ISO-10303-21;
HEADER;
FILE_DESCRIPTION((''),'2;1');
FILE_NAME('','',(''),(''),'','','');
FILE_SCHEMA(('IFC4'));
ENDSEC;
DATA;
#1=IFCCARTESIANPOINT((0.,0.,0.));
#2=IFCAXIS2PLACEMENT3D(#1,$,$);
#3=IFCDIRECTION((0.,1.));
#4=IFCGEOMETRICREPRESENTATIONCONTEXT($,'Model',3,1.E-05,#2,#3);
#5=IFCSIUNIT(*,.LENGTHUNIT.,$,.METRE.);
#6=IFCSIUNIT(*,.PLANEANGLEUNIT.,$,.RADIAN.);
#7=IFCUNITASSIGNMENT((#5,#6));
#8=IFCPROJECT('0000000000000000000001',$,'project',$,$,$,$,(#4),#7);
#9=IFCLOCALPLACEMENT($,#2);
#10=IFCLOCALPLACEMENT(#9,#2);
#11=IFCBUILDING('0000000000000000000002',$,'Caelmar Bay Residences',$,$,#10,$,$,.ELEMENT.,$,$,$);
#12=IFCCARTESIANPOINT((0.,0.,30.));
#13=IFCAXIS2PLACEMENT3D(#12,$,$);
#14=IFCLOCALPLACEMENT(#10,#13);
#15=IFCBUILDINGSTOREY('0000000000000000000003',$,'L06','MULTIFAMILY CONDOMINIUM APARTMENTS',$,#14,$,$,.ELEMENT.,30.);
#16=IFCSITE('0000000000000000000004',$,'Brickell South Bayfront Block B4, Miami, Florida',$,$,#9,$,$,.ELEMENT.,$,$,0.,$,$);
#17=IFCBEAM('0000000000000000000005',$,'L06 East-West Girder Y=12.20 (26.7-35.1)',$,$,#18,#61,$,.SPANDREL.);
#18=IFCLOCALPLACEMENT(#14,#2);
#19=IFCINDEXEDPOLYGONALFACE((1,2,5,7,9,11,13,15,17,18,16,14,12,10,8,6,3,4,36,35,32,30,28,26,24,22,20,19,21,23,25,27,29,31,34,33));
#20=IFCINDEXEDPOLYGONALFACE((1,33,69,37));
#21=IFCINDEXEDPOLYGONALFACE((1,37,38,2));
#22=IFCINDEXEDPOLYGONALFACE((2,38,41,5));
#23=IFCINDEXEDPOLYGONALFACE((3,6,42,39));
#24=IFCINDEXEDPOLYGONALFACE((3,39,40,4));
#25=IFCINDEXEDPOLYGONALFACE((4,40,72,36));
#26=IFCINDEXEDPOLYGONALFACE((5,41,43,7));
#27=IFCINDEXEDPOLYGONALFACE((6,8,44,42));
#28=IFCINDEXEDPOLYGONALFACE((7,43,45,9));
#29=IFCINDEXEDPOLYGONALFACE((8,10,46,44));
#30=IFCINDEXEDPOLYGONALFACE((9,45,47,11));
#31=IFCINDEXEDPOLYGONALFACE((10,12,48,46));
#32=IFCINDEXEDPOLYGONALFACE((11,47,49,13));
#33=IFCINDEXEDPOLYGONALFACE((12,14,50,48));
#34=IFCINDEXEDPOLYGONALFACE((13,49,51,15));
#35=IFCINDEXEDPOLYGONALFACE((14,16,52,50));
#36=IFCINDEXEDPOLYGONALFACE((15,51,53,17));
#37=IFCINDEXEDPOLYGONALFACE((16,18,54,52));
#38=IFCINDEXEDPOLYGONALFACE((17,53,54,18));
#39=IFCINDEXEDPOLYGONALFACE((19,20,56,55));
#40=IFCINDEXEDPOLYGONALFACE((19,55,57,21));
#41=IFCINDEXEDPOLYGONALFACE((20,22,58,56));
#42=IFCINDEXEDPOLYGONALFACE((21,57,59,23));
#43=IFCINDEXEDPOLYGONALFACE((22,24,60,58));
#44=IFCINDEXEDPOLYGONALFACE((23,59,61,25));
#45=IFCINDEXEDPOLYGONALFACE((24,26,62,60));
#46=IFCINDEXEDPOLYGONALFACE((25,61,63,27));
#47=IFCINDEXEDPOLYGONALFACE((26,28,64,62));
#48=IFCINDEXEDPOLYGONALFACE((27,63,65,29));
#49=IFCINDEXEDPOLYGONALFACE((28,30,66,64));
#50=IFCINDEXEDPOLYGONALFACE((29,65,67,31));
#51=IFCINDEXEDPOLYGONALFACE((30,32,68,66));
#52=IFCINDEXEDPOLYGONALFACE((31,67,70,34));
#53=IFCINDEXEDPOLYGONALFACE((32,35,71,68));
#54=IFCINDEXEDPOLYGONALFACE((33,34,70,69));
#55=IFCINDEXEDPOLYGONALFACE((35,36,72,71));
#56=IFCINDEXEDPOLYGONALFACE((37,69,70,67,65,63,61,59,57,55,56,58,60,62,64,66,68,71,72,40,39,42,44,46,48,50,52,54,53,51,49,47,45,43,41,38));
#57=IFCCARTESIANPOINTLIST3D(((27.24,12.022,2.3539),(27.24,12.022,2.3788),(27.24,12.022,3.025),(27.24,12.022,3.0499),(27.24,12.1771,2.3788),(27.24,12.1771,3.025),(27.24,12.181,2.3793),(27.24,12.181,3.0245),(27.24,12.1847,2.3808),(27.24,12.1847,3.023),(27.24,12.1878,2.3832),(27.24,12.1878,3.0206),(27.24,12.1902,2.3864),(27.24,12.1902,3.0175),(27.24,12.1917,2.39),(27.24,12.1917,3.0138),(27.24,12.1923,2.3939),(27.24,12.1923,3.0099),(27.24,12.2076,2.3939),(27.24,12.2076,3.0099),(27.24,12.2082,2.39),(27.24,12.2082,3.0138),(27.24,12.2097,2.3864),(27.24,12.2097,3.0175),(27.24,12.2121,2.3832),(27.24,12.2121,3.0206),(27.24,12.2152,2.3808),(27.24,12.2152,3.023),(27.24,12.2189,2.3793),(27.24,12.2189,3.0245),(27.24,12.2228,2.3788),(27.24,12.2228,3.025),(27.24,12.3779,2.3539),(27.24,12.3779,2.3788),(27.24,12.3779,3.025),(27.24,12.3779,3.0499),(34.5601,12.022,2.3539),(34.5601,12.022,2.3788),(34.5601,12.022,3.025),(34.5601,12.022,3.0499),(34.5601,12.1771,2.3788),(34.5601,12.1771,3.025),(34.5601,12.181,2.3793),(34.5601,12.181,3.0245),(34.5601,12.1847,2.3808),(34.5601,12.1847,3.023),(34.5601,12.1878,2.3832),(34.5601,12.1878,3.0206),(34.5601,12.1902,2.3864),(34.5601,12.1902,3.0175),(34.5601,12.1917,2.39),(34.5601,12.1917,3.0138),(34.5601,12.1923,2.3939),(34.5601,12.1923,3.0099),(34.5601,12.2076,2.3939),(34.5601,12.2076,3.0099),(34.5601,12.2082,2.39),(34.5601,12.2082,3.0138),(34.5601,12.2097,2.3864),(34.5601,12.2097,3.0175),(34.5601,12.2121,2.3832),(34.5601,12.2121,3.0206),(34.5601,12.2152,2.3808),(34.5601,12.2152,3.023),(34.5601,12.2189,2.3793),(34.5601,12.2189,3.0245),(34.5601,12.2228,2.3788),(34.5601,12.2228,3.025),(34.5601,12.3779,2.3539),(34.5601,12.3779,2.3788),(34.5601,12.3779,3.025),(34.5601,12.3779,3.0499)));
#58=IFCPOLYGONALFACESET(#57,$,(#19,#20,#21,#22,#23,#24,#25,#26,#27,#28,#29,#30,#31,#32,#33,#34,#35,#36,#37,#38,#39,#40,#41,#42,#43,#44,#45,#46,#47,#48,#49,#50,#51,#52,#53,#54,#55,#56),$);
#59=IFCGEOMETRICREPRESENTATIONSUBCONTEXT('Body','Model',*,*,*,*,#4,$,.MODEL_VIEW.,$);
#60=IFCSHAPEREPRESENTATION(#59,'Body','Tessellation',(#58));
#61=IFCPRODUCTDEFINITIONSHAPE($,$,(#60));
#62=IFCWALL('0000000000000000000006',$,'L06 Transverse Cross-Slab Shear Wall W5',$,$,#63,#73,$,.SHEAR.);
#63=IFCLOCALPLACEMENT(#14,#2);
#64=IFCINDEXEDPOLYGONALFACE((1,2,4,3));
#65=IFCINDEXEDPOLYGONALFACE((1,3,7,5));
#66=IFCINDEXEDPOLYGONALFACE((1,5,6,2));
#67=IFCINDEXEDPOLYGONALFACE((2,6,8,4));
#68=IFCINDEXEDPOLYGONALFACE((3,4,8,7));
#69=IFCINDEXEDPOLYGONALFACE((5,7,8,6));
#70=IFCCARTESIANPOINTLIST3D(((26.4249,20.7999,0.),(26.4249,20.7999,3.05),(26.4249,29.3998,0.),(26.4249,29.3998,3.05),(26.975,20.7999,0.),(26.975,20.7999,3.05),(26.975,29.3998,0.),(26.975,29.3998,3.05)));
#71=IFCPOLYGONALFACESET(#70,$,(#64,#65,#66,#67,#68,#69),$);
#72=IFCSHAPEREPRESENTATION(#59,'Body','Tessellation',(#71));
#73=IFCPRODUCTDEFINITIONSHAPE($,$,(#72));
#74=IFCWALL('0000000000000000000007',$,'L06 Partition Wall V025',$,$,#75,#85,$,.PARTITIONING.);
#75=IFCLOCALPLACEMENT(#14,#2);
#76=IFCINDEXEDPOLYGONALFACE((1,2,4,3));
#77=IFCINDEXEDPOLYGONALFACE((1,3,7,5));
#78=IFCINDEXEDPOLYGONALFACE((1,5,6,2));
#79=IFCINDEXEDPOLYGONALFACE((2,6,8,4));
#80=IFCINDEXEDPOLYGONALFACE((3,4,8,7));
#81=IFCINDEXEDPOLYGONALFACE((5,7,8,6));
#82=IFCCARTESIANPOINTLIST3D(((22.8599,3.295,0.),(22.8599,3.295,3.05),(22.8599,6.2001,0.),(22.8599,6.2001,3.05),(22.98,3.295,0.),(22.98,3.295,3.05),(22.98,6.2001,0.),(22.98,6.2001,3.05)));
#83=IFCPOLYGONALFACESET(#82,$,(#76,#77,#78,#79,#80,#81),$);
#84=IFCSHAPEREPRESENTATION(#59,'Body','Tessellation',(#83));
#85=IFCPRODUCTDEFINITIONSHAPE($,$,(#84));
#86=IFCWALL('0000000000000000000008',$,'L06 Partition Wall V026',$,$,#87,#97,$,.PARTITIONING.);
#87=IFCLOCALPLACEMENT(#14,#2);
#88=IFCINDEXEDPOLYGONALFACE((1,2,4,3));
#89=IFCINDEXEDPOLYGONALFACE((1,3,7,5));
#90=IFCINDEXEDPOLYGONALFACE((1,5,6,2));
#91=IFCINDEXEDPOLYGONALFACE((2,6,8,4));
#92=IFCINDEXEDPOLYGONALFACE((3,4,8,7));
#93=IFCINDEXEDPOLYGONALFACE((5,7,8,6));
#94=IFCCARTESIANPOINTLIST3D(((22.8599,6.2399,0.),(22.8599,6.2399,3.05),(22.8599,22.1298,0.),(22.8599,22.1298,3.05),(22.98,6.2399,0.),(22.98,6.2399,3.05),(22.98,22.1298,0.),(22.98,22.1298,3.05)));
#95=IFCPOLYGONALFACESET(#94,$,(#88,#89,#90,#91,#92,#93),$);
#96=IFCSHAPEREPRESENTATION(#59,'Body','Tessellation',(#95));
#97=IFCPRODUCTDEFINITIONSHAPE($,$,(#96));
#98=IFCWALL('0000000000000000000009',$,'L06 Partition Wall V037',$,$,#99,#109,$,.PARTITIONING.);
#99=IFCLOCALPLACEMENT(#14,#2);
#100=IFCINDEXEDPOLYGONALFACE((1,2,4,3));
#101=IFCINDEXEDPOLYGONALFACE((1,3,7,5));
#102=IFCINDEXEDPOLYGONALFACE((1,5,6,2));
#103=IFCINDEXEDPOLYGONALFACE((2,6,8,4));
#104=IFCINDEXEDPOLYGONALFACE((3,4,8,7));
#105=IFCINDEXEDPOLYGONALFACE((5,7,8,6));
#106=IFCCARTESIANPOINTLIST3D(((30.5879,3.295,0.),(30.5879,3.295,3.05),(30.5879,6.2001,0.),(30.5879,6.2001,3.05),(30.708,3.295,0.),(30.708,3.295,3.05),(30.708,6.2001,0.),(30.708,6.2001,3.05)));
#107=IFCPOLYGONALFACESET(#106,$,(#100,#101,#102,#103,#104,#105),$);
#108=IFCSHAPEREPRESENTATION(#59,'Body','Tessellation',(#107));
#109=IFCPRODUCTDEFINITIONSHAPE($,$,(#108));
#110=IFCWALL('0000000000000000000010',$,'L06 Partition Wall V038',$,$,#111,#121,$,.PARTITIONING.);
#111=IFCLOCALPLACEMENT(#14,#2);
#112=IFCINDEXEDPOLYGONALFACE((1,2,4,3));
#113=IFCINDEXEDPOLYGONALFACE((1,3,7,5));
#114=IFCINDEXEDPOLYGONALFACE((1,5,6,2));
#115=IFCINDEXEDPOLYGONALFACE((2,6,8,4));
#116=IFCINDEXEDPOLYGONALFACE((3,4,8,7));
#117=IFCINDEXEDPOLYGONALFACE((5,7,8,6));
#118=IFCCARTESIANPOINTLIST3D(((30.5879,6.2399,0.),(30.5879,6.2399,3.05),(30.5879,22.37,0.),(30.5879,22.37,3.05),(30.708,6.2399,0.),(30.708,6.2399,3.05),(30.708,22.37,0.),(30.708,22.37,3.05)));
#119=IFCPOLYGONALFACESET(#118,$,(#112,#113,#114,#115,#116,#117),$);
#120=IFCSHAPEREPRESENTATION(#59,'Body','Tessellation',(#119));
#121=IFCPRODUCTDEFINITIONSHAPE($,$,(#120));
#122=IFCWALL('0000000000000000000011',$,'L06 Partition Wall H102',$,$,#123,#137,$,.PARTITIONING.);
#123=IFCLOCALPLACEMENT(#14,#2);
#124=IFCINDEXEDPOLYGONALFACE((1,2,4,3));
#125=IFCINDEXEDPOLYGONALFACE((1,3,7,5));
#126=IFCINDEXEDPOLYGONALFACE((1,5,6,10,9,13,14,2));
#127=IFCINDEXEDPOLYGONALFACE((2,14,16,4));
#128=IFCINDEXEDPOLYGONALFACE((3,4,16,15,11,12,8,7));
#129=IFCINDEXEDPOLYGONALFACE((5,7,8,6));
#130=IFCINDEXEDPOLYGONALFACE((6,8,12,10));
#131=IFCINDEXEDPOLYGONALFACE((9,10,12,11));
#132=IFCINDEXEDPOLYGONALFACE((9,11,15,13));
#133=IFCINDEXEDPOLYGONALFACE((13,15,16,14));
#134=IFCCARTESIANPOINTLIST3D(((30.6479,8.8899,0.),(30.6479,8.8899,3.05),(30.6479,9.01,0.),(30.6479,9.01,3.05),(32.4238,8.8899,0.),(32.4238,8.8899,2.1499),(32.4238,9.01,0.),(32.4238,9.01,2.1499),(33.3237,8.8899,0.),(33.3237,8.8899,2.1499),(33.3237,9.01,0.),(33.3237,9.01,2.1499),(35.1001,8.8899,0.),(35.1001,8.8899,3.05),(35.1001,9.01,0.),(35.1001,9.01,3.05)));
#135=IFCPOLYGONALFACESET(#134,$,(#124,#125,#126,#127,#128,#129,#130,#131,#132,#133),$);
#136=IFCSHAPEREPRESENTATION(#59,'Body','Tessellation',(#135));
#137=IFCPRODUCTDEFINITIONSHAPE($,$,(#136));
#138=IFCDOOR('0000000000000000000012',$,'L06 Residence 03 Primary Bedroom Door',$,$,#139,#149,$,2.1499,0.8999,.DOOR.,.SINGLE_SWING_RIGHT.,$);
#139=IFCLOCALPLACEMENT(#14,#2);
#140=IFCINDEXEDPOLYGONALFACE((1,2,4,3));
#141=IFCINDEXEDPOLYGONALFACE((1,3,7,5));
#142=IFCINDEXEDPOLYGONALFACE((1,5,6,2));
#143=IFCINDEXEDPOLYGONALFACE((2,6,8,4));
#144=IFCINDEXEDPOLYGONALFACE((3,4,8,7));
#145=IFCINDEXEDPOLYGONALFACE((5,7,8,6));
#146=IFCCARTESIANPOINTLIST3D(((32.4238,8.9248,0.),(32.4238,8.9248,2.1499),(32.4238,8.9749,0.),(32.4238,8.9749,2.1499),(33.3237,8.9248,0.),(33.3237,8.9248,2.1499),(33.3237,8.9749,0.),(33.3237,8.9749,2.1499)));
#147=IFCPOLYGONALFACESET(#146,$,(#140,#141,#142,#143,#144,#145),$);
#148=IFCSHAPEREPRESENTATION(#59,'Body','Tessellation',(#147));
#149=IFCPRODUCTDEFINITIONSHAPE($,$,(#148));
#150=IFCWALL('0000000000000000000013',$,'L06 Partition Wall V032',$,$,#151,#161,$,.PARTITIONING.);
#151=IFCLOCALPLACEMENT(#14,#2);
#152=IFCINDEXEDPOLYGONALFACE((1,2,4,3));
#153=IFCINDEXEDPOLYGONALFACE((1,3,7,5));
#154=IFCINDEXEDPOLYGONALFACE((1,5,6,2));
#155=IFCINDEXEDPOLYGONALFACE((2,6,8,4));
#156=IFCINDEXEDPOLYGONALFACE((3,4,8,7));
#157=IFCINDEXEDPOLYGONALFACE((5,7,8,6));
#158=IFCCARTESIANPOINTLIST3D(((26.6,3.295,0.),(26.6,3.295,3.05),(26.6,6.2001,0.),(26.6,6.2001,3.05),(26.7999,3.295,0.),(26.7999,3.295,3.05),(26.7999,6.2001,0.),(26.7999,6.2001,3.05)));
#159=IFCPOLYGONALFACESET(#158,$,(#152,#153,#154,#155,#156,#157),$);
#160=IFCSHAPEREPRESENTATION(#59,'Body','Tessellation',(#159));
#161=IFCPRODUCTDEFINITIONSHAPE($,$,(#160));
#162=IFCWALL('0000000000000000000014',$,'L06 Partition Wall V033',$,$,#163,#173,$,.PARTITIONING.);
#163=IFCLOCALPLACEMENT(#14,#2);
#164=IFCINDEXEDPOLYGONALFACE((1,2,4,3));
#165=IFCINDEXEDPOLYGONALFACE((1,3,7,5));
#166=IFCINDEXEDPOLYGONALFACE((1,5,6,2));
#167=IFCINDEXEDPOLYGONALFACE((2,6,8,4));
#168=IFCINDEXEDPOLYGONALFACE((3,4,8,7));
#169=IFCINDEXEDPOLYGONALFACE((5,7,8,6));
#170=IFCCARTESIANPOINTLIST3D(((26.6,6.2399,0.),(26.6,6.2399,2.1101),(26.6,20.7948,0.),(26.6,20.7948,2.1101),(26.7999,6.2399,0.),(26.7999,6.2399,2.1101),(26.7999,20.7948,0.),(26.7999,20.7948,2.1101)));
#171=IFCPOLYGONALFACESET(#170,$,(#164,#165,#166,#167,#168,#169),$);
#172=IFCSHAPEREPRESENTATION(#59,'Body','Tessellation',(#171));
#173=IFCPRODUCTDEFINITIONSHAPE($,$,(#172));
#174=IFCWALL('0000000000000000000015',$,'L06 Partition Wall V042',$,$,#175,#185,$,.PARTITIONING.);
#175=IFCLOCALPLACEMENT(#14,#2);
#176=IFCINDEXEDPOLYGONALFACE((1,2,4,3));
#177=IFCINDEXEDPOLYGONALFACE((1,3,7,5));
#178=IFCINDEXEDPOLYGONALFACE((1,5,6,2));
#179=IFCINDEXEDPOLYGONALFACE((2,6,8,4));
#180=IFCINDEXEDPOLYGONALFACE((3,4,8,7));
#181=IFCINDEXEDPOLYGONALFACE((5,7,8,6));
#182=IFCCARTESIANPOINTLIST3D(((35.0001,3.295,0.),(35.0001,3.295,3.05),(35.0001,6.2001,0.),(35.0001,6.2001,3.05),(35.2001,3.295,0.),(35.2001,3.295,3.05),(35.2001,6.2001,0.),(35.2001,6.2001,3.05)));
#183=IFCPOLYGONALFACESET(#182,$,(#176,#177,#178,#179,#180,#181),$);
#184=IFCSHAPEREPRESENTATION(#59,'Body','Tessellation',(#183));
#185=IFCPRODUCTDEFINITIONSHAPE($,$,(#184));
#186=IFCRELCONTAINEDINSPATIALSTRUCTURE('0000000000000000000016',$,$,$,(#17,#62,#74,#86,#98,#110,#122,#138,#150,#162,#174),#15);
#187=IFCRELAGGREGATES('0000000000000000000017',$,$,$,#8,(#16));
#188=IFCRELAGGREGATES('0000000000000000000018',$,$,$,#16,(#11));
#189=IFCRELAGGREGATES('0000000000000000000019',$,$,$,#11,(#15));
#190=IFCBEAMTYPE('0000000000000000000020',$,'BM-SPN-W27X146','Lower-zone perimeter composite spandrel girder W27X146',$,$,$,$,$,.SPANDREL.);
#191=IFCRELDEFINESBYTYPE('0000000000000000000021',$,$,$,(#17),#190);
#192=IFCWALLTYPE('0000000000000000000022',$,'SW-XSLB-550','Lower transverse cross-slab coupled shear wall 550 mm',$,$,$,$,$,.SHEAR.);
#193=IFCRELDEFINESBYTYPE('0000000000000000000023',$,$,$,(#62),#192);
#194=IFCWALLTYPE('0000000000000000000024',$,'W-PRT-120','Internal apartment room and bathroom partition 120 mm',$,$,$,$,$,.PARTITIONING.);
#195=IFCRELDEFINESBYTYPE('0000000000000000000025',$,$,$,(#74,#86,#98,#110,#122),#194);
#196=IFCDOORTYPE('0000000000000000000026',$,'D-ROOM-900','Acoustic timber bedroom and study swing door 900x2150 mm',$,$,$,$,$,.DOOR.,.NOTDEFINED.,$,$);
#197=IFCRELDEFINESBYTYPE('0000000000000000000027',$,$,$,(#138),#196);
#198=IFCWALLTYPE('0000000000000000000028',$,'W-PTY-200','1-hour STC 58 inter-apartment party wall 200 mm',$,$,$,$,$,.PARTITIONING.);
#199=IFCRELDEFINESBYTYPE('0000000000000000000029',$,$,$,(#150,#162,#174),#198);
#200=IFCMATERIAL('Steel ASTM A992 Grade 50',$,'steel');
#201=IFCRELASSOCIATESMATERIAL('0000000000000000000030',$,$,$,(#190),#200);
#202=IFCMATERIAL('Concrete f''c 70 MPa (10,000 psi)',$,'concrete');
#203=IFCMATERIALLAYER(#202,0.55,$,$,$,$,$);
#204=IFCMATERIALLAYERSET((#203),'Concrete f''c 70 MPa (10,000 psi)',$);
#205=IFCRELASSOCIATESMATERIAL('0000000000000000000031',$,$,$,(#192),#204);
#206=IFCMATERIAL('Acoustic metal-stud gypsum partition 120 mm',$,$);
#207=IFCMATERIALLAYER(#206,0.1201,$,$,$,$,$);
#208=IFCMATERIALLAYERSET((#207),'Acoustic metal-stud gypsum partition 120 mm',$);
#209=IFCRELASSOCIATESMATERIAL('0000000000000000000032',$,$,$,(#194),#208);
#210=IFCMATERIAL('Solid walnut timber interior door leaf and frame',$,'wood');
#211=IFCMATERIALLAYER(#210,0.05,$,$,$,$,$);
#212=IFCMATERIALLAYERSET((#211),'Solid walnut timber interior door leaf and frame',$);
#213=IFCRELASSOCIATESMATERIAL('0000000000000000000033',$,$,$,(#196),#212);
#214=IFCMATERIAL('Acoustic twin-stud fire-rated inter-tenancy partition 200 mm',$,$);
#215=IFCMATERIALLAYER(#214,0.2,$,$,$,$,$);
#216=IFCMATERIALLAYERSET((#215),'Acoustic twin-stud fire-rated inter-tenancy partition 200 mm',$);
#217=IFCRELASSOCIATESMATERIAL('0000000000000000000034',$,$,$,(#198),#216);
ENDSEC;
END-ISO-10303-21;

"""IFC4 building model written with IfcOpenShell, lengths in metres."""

from ifc_helpers import new_model, si_unit, direction, frame, frame_2d, origin, origin_2d, place, context, subcontext, project, spatial, rectangle, i_section, extrude, material, layer, layer_set, material_profile, profile_set, type_object, element, fill, save


model = new_model("IFC4")

# Units and contexts
model_context = context("Model", 3, precision=1e-05, world=origin(), true_north=direction((0.0, 1.0)))
body_context = subcontext(model_context, "Body", "Model", "MODEL_VIEW")
ifc_project = project(units=[si_unit("LENGTHUNIT", "METRE"), si_unit("PLANEANGLEUNIT", "RADIAN")], contexts=[model_context])

# Site, building, storey
site_placement = place(None, origin())
site = spatial("IfcSite", under=ifc_project, at=site_placement, Name="Brickell South Bayfront Block B4, Miami, Florida", CompositionType="ELEMENT", RefElevation=0.0)
building_placement = place(site_placement, origin())
building = spatial("IfcBuilding", under=site, at=building_placement, Name="Caelmar Bay Residences", CompositionType="ELEMENT")
storey_placement = place(building_placement, frame((0.0, 0.0, 30.0)))
storey = spatial("IfcBuildingStorey", under=building, at=storey_placement, Name="L06", Description="MULTIFAMILY CONDOMINIUM APARTMENTS", CompositionType="ELEMENT", Elevation=30.0)

# Shared definitions
ifc_material_1 = material(Name="Concrete f'c 70 MPa (10,000 psi)", Category="concrete")

# Beam
ifc_material_2 = material(Name="Steel ASTM A992 Grade 50", Category="steel")
ifc_material_profile_1 = material_profile(ifc_material_2, i_section(OverallWidth=0.356, OverallDepth=0.696, WebThickness=0.0154, FlangeThickness=0.0249, FilletRadius=0.0151, at=origin_2d()), Name="W27X146")
ifc_profile_set_1 = profile_set([ifc_material_profile_1], Name="Steel ASTM A992 Grade 50")
beam_type_1 = type_object("IfcBeamType", Name="BM-SPN-W27X146", Description="Lower-zone perimeter composite spandrel girder W27X146", PredefinedType="SPANDREL", material=ifc_profile_set_1)
beam_1_placement = place(storey_placement, frame((27.24, 12.2, 2.7019), z_axis=(1.0, 0.0, 0.0), x_axis=(0.0, 1.0, 0.0)))
element("IfcBeam", 1, at=beam_1_placement, inside=storey, type_object=beam_type_1, Name="L06 East-West Girder Y=12.20 (26.7-35.1)", PredefinedType="SPANDREL", context=body_context, shape_type="SweptSolid", body=[
    extrude(i_section(OverallWidth=0.356, OverallDepth=0.696, WebThickness=0.0154, FlangeThickness=0.0249, FilletRadius=0.0151, at=origin_2d()), origin(), (0.0, 0.0, 1.0), 7.3201),
])

# Walls
ifc_layer_1 = layer(ifc_material_1, 0.55)
ifc_layer_set_1 = layer_set([ifc_layer_1], Name="Concrete f'c 70 MPa (10,000 psi)")
wall_type_1 = type_object("IfcWallType", Name="SW-XSLB-550", Description="Lower transverse cross-slab coupled shear wall 550 mm", PredefinedType="SHEAR", material=ifc_layer_set_1)
wall_1_placement = place(storey_placement, frame((26.7, 20.8, 0.0), z_axis=(0.0, 0.0, 1.0), x_axis=(0.0, 1.0, 0.0)))
element("IfcWall", 2, at=wall_1_placement, inside=storey, type_object=wall_type_1, Name="L06 Transverse Cross-Slab Shear Wall W5", PredefinedType="SHEAR", context=body_context, shape_type="SweptSolid", body=[
    extrude(rectangle(XDim=8.5999, YDim=0.55, at=frame_2d((4.2998, 0.0))), origin(), (0.0, 0.0, 1.0), 3.05),
])
ifc_material_3 = material(Name="Acoustic metal-stud gypsum partition 120 mm")
ifc_layer_2 = layer(ifc_material_3, 0.1201)
ifc_layer_set_2 = layer_set([ifc_layer_2], Name="Acoustic metal-stud gypsum partition 120 mm")
wall_type_2 = type_object("IfcWallType", Name="W-PRT-120", Description="Internal apartment room and bathroom partition 120 mm", PredefinedType="PARTITIONING", material=ifc_layer_set_2)
wall_2_placement = place(storey_placement, frame((22.9199, 3.2949, 0.0), z_axis=(0.0, 0.0, 1.0), x_axis=(0.0, 1.0, 0.0)))
element("IfcWall", 3, at=wall_2_placement, inside=storey, type_object=wall_type_2, Name="L06 Partition Wall V025", PredefinedType="PARTITIONING", context=body_context, shape_type="SweptSolid", body=[
    extrude(rectangle(XDim=2.905, YDim=0.1201, at=frame_2d((1.4526, 0.0))), origin(), (0.0, 0.0, 1.0), 3.05),
])
wall_3_placement = place(storey_placement, frame((22.9199, 6.24, 0.0), z_axis=(0.0, 0.0, 1.0), x_axis=(0.0, 1.0, 0.0)))
element("IfcWall", 4, at=wall_3_placement, inside=storey, type_object=wall_type_2, Name="L06 Partition Wall V026", PredefinedType="PARTITIONING", context=body_context, shape_type="SweptSolid", body=[
    extrude(rectangle(XDim=15.8899, YDim=0.1201, at=frame_2d((7.9448, 0.0))), origin(), (0.0, 0.0, 1.0), 3.05),
])
wall_4_placement = place(storey_placement, frame((30.6479, 3.2949, 0.0), z_axis=(0.0, 0.0, 1.0), x_axis=(0.0, 1.0, 0.0)))
element("IfcWall", 5, at=wall_4_placement, inside=storey, type_object=wall_type_2, Name="L06 Partition Wall V037", PredefinedType="PARTITIONING", context=body_context, shape_type="SweptSolid", body=[
    extrude(rectangle(XDim=2.905, YDim=0.1201, at=frame_2d((1.4526, 0.0))), origin(), (0.0, 0.0, 1.0), 3.05),
])
wall_5_placement = place(storey_placement, frame((30.6479, 6.24, 0.0), z_axis=(0.0, 0.0, 1.0), x_axis=(0.0, 1.0, 0.0)))
element("IfcWall", 6, at=wall_5_placement, inside=storey, type_object=wall_type_2, Name="L06 Partition Wall V038", PredefinedType="PARTITIONING", context=body_context, shape_type="SweptSolid", body=[
    extrude(rectangle(XDim=16.1301, YDim=0.1201, at=frame_2d((8.0649, 0.0))), origin(), (0.0, 0.0, 1.0), 3.05),
])

# Wall, opening, door
ifc_material_4 = material(Name="Solid walnut timber interior door leaf and frame", Category="wood")
ifc_layer_3 = layer(ifc_material_4, 0.05)
ifc_layer_set_3 = layer_set([ifc_layer_3], Name="Solid walnut timber interior door leaf and frame")
door_type = type_object("IfcDoorType", Name="D-ROOM-900", Description="Acoustic timber bedroom and study swing door 900x2150 mm", OperationType="NOTDEFINED", PredefinedType="DOOR", material=ifc_layer_set_3)
wall_6_placement = place(storey_placement, frame((30.6479, 8.95, 0.0), z_axis=(0.0, 0.0, 1.0), x_axis=(1.0, 0.0, 0.0)))
wall_6 = element("IfcWall", 7, at=wall_6_placement, inside=storey, type_object=wall_type_2, Name="L06 Partition Wall H102", PredefinedType="PARTITIONING", context=body_context, shape_type="SweptSolid", body=[
    extrude(rectangle(XDim=4.4521, YDim=0.1201, at=frame_2d((2.2261, 0.0))), origin(), (0.0, 0.0, 1.0), 3.05),
])
opening_1_placement = place(wall_6_placement, frame((1.7759, 0.0, 0.0)))
opening_1 = element("IfcOpeningElement", 8, at=opening_1_placement, cuts=wall_6, PredefinedType="OPENING", context=body_context, shape_type="SweptSolid", body=[
    extrude(rectangle(XDim=0.8999, YDim=2.1499, at=frame_2d((0.45, 1.075))), frame((0.0, 0.0701, 0.0), z_axis=(0.0, -1.0, 0.0), x_axis=(1.0, 0.0, 0.0)), (0.0, 0.0, 1.0), 0.1401),
])
door_1_placement = place(opening_1_placement, origin())
door_1 = element("IfcDoor", 9, at=door_1_placement, inside=storey, type_object=door_type, Name="L06 Residence 03 Primary Bedroom Door", OperationType="SINGLE_SWING_RIGHT", OverallHeight=2.1499, OverallWidth=0.8999, PredefinedType="DOOR", context=body_context, shape_type="SweptSolid", body=[
    extrude(rectangle(XDim=0.8999, YDim=2.1499, at=frame_2d((0.45, 1.075))), frame((0.0, 0.0249, 0.0), z_axis=(0.0, -1.0, 0.0), x_axis=(1.0, 0.0, 0.0)), (0.0, 0.0, 1.0), 0.05),
])
fill(opening_1, door_1)

# Walls
ifc_material_5 = material(Name="Acoustic twin-stud fire-rated inter-tenancy partition 200 mm")
ifc_layer_4 = layer(ifc_material_5, 0.2)
ifc_layer_set_4 = layer_set([ifc_layer_4], Name="Acoustic twin-stud fire-rated inter-tenancy partition 200 mm")
wall_type_3 = type_object("IfcWallType", Name="W-PTY-200", Description="1-hour STC 58 inter-apartment party wall 200 mm", PredefinedType="PARTITIONING", material=ifc_layer_set_4)
wall_7_placement = place(storey_placement, frame((26.7, 3.2949, 0.0), z_axis=(0.0, 0.0, 1.0), x_axis=(0.0, 1.0, 0.0)))
element("IfcWall", 10, at=wall_7_placement, inside=storey, type_object=wall_type_3, Name="L06 Partition Wall V032", PredefinedType="PARTITIONING", context=body_context, shape_type="SweptSolid", body=[
    extrude(rectangle(XDim=2.905, YDim=0.2, at=frame_2d((1.4526, 0.0))), origin(), (0.0, 0.0, 1.0), 3.05),
])
wall_8_placement = place(storey_placement, frame((26.7, 6.24, 0.0), z_axis=(0.0, 0.0, 1.0), x_axis=(0.0, 1.0, 0.0)))
element("IfcWall", 11, at=wall_8_placement, inside=storey, type_object=wall_type_3, Name="L06 Partition Wall V033", PredefinedType="PARTITIONING", context=body_context, shape_type="SweptSolid", body=[
    extrude(rectangle(XDim=14.5549, YDim=0.2, at=frame_2d((7.2773, 0.0))), origin(), (0.0, 0.0, 1.0), 2.1101),
])
wall_9_placement = place(storey_placement, frame((35.1001, 3.2949, 0.0), z_axis=(0.0, 0.0, 1.0), x_axis=(0.0, 1.0, 0.0)))
element("IfcWall", 12, at=wall_9_placement, inside=storey, type_object=wall_type_3, Name="L06 Partition Wall V042", PredefinedType="PARTITIONING", context=body_context, shape_type="SweptSolid", body=[
    extrude(rectangle(XDim=2.905, YDim=0.2, at=frame_2d((1.4526, 0.0))), origin(), (0.0, 0.0, 1.0), 3.05),
])

save(model, "model.ifc")
